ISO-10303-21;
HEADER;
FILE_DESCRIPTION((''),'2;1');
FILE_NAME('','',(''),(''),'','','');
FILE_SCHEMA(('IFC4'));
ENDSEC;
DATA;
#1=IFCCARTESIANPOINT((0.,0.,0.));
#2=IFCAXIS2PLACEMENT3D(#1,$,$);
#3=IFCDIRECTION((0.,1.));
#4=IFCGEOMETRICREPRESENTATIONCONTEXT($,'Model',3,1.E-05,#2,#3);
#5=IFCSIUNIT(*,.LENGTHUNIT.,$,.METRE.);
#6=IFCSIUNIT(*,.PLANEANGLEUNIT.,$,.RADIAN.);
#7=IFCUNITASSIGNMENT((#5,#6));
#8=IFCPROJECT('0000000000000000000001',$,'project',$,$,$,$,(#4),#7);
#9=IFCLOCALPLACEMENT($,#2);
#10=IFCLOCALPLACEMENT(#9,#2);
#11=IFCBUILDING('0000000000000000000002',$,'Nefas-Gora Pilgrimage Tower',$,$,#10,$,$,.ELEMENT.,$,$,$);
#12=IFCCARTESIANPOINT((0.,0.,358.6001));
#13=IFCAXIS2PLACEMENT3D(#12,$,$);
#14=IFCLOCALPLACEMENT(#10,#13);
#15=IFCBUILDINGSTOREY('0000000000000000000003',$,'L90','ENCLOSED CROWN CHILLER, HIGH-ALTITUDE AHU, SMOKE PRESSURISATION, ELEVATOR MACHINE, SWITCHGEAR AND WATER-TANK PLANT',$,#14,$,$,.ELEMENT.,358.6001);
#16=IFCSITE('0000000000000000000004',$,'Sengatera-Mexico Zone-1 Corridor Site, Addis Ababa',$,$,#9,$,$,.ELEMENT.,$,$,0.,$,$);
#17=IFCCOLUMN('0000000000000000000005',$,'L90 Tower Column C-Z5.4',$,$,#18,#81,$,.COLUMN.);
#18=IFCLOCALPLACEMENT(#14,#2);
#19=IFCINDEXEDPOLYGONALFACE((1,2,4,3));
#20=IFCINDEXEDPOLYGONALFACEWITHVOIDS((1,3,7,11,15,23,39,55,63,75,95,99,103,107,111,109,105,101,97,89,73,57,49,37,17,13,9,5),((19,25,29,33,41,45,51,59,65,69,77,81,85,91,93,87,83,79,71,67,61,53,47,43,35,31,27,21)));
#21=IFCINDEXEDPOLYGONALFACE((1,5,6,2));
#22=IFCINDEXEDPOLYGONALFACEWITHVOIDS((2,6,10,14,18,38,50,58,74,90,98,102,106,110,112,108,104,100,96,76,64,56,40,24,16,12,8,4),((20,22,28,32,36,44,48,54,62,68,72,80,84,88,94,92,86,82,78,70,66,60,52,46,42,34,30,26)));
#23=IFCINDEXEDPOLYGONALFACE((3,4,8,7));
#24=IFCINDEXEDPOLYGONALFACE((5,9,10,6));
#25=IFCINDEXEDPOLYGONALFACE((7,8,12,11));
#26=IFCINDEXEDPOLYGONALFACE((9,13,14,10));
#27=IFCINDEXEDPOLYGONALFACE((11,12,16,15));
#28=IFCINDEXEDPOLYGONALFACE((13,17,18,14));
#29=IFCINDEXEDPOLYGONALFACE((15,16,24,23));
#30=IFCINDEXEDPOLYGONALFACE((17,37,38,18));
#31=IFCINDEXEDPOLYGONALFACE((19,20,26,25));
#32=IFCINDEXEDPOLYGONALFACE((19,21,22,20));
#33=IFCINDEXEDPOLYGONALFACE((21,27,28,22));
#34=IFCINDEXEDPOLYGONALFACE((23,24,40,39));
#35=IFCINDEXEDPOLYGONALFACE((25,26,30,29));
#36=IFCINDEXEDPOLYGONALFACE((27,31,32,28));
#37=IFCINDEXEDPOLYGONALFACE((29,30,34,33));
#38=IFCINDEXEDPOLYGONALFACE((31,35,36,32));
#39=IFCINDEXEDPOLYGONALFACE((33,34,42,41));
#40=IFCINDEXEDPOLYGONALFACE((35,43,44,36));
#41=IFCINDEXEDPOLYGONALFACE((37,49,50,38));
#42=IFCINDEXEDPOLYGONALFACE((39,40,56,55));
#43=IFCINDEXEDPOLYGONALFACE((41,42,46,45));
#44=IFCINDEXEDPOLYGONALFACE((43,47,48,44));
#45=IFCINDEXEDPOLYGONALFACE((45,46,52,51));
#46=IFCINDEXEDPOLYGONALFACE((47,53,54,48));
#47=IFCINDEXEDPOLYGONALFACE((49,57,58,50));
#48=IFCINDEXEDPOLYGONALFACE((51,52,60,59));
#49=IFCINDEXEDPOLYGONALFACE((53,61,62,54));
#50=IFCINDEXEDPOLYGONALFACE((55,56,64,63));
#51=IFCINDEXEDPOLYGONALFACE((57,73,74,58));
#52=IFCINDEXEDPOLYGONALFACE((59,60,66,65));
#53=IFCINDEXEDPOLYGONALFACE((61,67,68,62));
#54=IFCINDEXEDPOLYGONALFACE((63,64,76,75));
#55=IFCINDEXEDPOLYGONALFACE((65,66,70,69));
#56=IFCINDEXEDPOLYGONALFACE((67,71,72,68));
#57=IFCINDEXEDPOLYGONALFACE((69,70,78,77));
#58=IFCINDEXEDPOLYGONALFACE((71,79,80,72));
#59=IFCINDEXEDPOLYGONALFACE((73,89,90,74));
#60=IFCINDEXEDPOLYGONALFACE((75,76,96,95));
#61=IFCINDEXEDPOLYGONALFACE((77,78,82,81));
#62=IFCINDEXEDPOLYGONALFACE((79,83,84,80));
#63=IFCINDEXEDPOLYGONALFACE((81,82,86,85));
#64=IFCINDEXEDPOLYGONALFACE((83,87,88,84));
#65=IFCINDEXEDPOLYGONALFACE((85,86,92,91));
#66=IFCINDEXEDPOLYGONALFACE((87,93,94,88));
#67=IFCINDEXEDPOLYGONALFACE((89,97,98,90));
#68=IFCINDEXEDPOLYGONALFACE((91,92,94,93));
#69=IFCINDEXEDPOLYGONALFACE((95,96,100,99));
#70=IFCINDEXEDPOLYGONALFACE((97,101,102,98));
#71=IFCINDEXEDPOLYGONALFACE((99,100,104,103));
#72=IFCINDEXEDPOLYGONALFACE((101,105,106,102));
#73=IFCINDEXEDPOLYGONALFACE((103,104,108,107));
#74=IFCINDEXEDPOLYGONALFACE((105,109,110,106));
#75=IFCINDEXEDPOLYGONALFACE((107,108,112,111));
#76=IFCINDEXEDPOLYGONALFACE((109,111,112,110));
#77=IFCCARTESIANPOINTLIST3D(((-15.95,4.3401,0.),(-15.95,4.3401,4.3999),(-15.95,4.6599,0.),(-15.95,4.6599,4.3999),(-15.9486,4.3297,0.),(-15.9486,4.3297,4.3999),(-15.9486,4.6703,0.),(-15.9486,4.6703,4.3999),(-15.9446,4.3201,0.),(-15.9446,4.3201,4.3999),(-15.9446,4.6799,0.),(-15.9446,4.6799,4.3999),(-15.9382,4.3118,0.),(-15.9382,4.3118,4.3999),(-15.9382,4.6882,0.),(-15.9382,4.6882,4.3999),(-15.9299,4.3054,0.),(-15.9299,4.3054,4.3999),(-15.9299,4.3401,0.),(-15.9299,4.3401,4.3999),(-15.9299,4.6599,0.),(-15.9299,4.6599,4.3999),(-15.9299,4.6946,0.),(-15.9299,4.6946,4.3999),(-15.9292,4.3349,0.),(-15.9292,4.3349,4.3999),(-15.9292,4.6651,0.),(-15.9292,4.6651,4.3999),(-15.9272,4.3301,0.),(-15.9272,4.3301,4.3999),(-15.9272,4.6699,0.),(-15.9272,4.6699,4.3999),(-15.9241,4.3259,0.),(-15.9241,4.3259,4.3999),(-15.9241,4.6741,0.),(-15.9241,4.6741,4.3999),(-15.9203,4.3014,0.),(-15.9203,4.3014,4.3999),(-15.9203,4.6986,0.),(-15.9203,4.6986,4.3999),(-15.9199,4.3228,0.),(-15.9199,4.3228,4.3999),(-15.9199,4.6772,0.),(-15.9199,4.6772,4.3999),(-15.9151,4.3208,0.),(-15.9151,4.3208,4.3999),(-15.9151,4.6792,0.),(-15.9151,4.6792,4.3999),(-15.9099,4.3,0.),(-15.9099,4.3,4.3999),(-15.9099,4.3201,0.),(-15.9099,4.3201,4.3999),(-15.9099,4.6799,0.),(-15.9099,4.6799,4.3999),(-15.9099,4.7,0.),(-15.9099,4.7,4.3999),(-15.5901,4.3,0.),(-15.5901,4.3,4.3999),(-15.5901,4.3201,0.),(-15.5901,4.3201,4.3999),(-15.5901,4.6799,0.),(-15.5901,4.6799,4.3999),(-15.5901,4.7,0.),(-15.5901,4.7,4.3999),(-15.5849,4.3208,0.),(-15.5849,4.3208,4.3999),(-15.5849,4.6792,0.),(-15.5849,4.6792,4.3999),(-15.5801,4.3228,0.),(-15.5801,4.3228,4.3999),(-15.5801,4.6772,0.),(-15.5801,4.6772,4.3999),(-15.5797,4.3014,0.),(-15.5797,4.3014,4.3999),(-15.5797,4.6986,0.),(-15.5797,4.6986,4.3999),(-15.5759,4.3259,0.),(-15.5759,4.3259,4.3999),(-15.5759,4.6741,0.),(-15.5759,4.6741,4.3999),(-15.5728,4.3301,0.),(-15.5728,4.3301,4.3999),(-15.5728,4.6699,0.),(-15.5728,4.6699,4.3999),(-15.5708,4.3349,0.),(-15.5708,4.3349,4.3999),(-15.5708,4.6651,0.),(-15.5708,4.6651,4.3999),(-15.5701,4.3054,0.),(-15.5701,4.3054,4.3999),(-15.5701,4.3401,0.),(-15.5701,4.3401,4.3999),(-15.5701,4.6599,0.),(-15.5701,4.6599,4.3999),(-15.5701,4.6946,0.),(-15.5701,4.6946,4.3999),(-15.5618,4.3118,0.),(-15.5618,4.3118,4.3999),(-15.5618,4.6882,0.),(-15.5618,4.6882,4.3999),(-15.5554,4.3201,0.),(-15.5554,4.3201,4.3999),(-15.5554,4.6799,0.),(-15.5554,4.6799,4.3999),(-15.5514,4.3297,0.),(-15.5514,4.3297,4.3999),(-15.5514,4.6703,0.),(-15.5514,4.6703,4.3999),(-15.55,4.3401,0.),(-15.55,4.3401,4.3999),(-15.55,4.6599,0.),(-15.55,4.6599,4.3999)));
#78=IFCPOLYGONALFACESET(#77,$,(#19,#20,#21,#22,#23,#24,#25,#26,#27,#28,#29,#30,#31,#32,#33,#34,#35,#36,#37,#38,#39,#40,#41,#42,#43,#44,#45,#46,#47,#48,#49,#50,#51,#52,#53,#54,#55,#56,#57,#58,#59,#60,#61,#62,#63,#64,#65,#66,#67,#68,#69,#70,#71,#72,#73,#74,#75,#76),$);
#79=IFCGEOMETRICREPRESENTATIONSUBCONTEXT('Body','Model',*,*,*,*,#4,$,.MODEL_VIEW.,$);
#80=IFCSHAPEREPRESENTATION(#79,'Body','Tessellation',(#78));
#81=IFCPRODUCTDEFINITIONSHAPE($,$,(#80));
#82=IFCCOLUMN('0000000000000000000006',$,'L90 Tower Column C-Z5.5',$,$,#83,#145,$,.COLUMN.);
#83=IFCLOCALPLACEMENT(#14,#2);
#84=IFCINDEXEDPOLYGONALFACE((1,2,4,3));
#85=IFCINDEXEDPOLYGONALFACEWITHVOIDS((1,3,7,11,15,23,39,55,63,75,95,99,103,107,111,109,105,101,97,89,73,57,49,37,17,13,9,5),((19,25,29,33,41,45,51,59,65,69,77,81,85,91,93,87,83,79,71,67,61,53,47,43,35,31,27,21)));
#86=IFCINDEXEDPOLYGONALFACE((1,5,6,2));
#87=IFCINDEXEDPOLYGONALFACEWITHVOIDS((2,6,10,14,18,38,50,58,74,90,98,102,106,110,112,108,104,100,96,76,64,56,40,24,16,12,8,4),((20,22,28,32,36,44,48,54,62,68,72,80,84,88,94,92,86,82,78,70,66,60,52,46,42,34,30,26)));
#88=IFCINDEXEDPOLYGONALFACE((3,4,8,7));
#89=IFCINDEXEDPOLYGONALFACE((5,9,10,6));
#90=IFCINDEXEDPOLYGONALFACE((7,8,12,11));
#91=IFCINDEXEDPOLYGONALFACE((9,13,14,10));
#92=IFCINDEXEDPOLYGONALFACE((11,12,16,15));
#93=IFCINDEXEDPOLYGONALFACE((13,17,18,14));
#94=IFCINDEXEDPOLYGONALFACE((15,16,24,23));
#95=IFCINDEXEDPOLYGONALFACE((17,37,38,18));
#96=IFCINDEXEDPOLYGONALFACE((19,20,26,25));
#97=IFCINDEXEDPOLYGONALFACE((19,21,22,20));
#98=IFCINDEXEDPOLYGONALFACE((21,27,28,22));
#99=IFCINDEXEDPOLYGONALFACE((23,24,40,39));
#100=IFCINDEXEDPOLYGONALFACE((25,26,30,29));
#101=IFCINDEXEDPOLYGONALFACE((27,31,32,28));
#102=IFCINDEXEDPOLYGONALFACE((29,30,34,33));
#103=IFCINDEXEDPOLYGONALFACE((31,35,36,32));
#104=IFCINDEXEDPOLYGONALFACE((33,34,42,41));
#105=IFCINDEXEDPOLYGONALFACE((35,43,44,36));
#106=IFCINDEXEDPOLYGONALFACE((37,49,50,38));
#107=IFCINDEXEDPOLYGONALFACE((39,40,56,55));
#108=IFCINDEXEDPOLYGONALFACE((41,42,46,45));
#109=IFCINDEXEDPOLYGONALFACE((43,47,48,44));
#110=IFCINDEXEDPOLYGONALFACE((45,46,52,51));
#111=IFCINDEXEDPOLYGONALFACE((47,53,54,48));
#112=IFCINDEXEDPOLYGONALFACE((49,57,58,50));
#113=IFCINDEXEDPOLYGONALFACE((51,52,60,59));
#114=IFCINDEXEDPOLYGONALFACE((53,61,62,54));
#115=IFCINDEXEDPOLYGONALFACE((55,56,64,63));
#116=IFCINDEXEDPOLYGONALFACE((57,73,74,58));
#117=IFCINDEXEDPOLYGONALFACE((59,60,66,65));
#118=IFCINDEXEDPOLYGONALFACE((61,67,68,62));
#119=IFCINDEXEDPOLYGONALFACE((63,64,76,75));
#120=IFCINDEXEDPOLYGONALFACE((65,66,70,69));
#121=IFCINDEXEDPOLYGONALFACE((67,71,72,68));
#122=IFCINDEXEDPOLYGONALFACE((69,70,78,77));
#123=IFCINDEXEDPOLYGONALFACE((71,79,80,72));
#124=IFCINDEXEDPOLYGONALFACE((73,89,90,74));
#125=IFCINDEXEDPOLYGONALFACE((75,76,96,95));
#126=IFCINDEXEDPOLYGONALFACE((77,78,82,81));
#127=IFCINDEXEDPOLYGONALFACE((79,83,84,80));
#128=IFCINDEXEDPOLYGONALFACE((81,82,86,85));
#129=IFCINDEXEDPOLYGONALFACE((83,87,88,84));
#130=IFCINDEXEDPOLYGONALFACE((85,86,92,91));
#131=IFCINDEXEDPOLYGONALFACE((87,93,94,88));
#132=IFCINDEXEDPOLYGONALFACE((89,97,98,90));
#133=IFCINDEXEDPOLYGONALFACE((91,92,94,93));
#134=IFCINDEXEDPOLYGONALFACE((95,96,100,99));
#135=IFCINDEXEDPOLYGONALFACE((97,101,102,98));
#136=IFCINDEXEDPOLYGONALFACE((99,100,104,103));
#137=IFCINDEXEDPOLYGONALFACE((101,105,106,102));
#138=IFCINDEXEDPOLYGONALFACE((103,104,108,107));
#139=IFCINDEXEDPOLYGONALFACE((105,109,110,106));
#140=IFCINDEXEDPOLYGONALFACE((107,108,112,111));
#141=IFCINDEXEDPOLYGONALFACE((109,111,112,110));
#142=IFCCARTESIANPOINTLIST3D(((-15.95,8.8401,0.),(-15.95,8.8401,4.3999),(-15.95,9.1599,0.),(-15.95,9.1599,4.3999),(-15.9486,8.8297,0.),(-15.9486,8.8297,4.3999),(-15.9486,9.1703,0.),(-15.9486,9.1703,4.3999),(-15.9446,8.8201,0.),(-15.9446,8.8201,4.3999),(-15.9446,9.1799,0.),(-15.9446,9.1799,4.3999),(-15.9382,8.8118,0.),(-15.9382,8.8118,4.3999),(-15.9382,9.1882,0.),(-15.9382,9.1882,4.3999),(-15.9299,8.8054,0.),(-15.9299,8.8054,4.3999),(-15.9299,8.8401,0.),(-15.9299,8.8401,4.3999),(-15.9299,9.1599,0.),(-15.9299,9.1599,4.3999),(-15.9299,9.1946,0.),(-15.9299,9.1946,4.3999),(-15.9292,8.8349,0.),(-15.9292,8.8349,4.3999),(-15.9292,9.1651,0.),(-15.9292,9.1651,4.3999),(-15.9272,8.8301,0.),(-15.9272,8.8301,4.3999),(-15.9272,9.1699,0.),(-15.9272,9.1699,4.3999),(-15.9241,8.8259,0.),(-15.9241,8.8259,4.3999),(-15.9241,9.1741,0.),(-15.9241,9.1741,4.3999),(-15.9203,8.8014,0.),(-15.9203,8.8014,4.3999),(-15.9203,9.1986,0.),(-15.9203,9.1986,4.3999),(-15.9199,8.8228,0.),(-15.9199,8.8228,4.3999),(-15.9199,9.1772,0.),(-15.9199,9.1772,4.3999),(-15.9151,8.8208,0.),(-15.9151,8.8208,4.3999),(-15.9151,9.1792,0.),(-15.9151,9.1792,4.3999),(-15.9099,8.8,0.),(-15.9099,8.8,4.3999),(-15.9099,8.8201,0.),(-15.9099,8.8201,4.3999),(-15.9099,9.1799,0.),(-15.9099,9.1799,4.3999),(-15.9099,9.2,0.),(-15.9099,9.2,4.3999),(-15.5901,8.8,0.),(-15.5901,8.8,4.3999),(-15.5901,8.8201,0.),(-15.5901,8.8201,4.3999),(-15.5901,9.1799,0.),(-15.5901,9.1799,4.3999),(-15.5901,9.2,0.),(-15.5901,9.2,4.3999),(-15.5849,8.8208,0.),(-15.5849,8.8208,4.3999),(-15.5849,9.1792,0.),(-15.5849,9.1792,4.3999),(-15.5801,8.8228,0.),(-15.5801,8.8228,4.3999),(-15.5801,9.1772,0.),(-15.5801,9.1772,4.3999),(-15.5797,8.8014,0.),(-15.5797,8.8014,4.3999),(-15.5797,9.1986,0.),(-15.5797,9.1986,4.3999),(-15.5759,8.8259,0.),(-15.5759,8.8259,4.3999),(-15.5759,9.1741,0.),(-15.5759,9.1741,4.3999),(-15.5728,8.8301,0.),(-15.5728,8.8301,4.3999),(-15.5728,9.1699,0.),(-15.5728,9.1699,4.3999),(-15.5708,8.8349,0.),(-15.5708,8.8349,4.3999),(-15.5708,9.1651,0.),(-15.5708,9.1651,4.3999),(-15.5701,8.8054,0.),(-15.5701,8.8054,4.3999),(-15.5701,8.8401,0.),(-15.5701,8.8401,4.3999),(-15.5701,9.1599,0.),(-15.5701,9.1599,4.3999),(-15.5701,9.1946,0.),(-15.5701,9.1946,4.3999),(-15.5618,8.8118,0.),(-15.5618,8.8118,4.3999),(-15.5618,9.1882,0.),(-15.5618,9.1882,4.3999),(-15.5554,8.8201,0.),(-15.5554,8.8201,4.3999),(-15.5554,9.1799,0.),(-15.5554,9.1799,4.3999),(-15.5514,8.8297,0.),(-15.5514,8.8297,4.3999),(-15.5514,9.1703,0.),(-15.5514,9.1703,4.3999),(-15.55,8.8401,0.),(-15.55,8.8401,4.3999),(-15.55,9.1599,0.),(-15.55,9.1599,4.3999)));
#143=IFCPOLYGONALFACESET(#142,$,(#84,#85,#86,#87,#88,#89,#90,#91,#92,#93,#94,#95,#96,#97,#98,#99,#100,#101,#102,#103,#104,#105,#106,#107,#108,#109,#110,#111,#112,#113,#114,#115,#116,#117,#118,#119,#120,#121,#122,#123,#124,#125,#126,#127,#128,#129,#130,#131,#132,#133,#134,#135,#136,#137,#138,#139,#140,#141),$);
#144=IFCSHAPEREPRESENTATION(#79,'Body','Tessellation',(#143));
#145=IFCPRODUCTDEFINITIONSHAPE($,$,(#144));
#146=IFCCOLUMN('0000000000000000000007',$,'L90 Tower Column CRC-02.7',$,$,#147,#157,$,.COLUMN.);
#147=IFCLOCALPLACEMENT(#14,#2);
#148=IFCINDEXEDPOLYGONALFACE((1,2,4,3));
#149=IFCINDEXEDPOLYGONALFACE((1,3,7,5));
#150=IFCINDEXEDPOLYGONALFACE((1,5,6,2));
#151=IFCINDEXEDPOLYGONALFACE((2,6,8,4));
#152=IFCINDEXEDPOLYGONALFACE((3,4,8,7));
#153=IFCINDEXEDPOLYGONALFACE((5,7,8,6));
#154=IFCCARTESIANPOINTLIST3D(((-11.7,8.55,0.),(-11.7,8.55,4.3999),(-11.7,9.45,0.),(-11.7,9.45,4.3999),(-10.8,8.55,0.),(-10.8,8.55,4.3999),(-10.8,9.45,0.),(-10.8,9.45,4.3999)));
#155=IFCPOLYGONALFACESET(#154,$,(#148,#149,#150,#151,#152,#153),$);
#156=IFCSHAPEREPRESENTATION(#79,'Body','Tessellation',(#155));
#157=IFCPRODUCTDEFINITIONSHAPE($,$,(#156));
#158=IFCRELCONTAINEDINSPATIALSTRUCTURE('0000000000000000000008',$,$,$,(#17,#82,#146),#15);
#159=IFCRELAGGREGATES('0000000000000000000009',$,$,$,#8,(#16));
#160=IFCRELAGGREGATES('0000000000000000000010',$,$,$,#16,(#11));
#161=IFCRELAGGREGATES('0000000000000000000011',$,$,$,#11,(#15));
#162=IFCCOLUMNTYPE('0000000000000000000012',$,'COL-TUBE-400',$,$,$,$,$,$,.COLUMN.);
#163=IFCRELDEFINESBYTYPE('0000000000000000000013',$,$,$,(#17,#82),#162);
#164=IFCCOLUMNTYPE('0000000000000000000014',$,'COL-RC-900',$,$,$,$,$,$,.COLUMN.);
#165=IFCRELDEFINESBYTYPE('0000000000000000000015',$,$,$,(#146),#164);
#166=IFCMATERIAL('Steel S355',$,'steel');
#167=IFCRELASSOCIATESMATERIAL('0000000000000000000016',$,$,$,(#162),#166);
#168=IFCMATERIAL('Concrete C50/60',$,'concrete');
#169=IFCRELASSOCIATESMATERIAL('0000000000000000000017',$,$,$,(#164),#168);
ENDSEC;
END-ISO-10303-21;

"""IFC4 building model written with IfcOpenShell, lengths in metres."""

from ifc_helpers import new_model, si_unit, direction, frame, origin, origin_2d, place, context, subcontext, project, spatial, rectangle, hollow_rectangle, extrude, source, transform, mapped, material, material_profile, profile_set, type_object, element, save


model = new_model("IFC4")

# Units and contexts
model_context = context("Model", 3, precision=1e-05, world=origin(), true_north=direction((0.0, 1.0)))
body_context = subcontext(model_context, "Body", "Model", "MODEL_VIEW")
ifc_project = project(units=[si_unit("LENGTHUNIT", "METRE"), si_unit("PLANEANGLEUNIT", "RADIAN")], contexts=[model_context])

# Site, building, storey
site_placement = place(None, origin())
site = spatial("IfcSite", under=ifc_project, at=site_placement, Name="Sengatera-Mexico Zone-1 Corridor Site, Addis Ababa", CompositionType="ELEMENT", RefElevation=0.0)
building_placement = place(site_placement, origin())
building = spatial("IfcBuilding", under=site, at=building_placement, Name="Nefas-Gora Pilgrimage Tower", CompositionType="ELEMENT")
storey_placement = place(building_placement, frame((0.0, 0.0, 358.6001)))
storey = spatial("IfcBuildingStorey", under=building, at=storey_placement, Name="L90", Description="ENCLOSED CROWN CHILLER, HIGH-ALTITUDE AHU, SMOKE PRESSURISATION, ELEVATOR MACHINE, SWITCHGEAR AND WATER-TANK PLANT", CompositionType="ELEMENT", Elevation=358.6001)

# Columns
ifc_material_1 = material(Name="Steel S355", Category="steel")
ifc_material_profile_1 = material_profile(ifc_material_1, hollow_rectangle(XDim=0.3999, YDim=0.3999, WallThickness=0.02, InnerFilletRadius=0.02, OuterFilletRadius=0.04, at=origin_2d()), Name="SHS 400x400x20")
ifc_profile_set_1 = profile_set([ifc_material_profile_1], Name="Steel S355")
column_type_1 = type_object("IfcColumnType", Name="COL-TUBE-400", PredefinedType="COLUMN", material=ifc_profile_set_1)
shared_shape_1 = source(origin(), body_context, "Body", "SweptSolid", [
    extrude(hollow_rectangle(XDim=0.3999, YDim=0.3999, WallThickness=0.02, InnerFilletRadius=0.02, OuterFilletRadius=0.04, at=origin_2d()), origin(), (0.0, 0.0, 1.0), 4.3999),
])
for number, where, z_axis, x_axis, name in (
    (1, (-15.75, 4.5, 0.0), (0.0, 0.0, 1.0), (1.0, 0.0, 0.0), "L90 Tower Column C-Z5.4"),
    (2, (-15.75, 9.0, 0.0), (0.0, 0.0, 1.0), (1.0, 0.0, 0.0), "L90 Tower Column C-Z5.5"),
):
    element("IfcColumn", number, at=place(storey_placement, frame(where, z_axis=z_axis, x_axis=x_axis)), inside=storey, type_object=column_type_1, Name=name, PredefinedType="COLUMN", context=body_context, shape_type="MappedRepresentation", body=[
        mapped(shared_shape_1, transform((0.0, 0.0, 0.0), x_axis=(1.0, 0.0, 0.0), y_axis=(0.0, 1.0, 0.0), z_axis=(0.0, 0.0, 1.0), scale=1.0)),
    ])
ifc_material_2 = material(Name="Concrete C50/60", Category="concrete")
ifc_material_profile_2 = material_profile(ifc_material_2, rectangle(XDim=0.8999, YDim=0.8999, at=origin_2d()), Name="RC 900x900")
ifc_profile_set_2 = profile_set([ifc_material_profile_2], Name="Concrete C50/60")
column_type_2 = type_object("IfcColumnType", Name="COL-RC-900", PredefinedType="COLUMN", material=ifc_profile_set_2)
shared_shape_2 = source(origin(), body_context, "Body", "SweptSolid", [
    extrude(rectangle(XDim=0.8999, YDim=0.8999, at=origin_2d()), origin(), (0.0, 0.0, 1.0), 4.3999),
])
column_placement = place(storey_placement, frame((-11.25, 9.0, 0.0), z_axis=(0.0, 0.0, 1.0), x_axis=(1.0, 0.0, 0.0)))
element("IfcColumn", 3, at=column_placement, inside=storey, type_object=column_type_2, Name="L90 Tower Column CRC-02.7", PredefinedType="COLUMN", context=body_context, shape_type="MappedRepresentation", body=[
    mapped(shared_shape_2, transform((0.0, 0.0, 0.0), x_axis=(1.0, 0.0, 0.0), y_axis=(0.0, 1.0, 0.0), z_axis=(0.0, 0.0, 1.0), scale=1.0)),
])

save(model, "model.ifc")
